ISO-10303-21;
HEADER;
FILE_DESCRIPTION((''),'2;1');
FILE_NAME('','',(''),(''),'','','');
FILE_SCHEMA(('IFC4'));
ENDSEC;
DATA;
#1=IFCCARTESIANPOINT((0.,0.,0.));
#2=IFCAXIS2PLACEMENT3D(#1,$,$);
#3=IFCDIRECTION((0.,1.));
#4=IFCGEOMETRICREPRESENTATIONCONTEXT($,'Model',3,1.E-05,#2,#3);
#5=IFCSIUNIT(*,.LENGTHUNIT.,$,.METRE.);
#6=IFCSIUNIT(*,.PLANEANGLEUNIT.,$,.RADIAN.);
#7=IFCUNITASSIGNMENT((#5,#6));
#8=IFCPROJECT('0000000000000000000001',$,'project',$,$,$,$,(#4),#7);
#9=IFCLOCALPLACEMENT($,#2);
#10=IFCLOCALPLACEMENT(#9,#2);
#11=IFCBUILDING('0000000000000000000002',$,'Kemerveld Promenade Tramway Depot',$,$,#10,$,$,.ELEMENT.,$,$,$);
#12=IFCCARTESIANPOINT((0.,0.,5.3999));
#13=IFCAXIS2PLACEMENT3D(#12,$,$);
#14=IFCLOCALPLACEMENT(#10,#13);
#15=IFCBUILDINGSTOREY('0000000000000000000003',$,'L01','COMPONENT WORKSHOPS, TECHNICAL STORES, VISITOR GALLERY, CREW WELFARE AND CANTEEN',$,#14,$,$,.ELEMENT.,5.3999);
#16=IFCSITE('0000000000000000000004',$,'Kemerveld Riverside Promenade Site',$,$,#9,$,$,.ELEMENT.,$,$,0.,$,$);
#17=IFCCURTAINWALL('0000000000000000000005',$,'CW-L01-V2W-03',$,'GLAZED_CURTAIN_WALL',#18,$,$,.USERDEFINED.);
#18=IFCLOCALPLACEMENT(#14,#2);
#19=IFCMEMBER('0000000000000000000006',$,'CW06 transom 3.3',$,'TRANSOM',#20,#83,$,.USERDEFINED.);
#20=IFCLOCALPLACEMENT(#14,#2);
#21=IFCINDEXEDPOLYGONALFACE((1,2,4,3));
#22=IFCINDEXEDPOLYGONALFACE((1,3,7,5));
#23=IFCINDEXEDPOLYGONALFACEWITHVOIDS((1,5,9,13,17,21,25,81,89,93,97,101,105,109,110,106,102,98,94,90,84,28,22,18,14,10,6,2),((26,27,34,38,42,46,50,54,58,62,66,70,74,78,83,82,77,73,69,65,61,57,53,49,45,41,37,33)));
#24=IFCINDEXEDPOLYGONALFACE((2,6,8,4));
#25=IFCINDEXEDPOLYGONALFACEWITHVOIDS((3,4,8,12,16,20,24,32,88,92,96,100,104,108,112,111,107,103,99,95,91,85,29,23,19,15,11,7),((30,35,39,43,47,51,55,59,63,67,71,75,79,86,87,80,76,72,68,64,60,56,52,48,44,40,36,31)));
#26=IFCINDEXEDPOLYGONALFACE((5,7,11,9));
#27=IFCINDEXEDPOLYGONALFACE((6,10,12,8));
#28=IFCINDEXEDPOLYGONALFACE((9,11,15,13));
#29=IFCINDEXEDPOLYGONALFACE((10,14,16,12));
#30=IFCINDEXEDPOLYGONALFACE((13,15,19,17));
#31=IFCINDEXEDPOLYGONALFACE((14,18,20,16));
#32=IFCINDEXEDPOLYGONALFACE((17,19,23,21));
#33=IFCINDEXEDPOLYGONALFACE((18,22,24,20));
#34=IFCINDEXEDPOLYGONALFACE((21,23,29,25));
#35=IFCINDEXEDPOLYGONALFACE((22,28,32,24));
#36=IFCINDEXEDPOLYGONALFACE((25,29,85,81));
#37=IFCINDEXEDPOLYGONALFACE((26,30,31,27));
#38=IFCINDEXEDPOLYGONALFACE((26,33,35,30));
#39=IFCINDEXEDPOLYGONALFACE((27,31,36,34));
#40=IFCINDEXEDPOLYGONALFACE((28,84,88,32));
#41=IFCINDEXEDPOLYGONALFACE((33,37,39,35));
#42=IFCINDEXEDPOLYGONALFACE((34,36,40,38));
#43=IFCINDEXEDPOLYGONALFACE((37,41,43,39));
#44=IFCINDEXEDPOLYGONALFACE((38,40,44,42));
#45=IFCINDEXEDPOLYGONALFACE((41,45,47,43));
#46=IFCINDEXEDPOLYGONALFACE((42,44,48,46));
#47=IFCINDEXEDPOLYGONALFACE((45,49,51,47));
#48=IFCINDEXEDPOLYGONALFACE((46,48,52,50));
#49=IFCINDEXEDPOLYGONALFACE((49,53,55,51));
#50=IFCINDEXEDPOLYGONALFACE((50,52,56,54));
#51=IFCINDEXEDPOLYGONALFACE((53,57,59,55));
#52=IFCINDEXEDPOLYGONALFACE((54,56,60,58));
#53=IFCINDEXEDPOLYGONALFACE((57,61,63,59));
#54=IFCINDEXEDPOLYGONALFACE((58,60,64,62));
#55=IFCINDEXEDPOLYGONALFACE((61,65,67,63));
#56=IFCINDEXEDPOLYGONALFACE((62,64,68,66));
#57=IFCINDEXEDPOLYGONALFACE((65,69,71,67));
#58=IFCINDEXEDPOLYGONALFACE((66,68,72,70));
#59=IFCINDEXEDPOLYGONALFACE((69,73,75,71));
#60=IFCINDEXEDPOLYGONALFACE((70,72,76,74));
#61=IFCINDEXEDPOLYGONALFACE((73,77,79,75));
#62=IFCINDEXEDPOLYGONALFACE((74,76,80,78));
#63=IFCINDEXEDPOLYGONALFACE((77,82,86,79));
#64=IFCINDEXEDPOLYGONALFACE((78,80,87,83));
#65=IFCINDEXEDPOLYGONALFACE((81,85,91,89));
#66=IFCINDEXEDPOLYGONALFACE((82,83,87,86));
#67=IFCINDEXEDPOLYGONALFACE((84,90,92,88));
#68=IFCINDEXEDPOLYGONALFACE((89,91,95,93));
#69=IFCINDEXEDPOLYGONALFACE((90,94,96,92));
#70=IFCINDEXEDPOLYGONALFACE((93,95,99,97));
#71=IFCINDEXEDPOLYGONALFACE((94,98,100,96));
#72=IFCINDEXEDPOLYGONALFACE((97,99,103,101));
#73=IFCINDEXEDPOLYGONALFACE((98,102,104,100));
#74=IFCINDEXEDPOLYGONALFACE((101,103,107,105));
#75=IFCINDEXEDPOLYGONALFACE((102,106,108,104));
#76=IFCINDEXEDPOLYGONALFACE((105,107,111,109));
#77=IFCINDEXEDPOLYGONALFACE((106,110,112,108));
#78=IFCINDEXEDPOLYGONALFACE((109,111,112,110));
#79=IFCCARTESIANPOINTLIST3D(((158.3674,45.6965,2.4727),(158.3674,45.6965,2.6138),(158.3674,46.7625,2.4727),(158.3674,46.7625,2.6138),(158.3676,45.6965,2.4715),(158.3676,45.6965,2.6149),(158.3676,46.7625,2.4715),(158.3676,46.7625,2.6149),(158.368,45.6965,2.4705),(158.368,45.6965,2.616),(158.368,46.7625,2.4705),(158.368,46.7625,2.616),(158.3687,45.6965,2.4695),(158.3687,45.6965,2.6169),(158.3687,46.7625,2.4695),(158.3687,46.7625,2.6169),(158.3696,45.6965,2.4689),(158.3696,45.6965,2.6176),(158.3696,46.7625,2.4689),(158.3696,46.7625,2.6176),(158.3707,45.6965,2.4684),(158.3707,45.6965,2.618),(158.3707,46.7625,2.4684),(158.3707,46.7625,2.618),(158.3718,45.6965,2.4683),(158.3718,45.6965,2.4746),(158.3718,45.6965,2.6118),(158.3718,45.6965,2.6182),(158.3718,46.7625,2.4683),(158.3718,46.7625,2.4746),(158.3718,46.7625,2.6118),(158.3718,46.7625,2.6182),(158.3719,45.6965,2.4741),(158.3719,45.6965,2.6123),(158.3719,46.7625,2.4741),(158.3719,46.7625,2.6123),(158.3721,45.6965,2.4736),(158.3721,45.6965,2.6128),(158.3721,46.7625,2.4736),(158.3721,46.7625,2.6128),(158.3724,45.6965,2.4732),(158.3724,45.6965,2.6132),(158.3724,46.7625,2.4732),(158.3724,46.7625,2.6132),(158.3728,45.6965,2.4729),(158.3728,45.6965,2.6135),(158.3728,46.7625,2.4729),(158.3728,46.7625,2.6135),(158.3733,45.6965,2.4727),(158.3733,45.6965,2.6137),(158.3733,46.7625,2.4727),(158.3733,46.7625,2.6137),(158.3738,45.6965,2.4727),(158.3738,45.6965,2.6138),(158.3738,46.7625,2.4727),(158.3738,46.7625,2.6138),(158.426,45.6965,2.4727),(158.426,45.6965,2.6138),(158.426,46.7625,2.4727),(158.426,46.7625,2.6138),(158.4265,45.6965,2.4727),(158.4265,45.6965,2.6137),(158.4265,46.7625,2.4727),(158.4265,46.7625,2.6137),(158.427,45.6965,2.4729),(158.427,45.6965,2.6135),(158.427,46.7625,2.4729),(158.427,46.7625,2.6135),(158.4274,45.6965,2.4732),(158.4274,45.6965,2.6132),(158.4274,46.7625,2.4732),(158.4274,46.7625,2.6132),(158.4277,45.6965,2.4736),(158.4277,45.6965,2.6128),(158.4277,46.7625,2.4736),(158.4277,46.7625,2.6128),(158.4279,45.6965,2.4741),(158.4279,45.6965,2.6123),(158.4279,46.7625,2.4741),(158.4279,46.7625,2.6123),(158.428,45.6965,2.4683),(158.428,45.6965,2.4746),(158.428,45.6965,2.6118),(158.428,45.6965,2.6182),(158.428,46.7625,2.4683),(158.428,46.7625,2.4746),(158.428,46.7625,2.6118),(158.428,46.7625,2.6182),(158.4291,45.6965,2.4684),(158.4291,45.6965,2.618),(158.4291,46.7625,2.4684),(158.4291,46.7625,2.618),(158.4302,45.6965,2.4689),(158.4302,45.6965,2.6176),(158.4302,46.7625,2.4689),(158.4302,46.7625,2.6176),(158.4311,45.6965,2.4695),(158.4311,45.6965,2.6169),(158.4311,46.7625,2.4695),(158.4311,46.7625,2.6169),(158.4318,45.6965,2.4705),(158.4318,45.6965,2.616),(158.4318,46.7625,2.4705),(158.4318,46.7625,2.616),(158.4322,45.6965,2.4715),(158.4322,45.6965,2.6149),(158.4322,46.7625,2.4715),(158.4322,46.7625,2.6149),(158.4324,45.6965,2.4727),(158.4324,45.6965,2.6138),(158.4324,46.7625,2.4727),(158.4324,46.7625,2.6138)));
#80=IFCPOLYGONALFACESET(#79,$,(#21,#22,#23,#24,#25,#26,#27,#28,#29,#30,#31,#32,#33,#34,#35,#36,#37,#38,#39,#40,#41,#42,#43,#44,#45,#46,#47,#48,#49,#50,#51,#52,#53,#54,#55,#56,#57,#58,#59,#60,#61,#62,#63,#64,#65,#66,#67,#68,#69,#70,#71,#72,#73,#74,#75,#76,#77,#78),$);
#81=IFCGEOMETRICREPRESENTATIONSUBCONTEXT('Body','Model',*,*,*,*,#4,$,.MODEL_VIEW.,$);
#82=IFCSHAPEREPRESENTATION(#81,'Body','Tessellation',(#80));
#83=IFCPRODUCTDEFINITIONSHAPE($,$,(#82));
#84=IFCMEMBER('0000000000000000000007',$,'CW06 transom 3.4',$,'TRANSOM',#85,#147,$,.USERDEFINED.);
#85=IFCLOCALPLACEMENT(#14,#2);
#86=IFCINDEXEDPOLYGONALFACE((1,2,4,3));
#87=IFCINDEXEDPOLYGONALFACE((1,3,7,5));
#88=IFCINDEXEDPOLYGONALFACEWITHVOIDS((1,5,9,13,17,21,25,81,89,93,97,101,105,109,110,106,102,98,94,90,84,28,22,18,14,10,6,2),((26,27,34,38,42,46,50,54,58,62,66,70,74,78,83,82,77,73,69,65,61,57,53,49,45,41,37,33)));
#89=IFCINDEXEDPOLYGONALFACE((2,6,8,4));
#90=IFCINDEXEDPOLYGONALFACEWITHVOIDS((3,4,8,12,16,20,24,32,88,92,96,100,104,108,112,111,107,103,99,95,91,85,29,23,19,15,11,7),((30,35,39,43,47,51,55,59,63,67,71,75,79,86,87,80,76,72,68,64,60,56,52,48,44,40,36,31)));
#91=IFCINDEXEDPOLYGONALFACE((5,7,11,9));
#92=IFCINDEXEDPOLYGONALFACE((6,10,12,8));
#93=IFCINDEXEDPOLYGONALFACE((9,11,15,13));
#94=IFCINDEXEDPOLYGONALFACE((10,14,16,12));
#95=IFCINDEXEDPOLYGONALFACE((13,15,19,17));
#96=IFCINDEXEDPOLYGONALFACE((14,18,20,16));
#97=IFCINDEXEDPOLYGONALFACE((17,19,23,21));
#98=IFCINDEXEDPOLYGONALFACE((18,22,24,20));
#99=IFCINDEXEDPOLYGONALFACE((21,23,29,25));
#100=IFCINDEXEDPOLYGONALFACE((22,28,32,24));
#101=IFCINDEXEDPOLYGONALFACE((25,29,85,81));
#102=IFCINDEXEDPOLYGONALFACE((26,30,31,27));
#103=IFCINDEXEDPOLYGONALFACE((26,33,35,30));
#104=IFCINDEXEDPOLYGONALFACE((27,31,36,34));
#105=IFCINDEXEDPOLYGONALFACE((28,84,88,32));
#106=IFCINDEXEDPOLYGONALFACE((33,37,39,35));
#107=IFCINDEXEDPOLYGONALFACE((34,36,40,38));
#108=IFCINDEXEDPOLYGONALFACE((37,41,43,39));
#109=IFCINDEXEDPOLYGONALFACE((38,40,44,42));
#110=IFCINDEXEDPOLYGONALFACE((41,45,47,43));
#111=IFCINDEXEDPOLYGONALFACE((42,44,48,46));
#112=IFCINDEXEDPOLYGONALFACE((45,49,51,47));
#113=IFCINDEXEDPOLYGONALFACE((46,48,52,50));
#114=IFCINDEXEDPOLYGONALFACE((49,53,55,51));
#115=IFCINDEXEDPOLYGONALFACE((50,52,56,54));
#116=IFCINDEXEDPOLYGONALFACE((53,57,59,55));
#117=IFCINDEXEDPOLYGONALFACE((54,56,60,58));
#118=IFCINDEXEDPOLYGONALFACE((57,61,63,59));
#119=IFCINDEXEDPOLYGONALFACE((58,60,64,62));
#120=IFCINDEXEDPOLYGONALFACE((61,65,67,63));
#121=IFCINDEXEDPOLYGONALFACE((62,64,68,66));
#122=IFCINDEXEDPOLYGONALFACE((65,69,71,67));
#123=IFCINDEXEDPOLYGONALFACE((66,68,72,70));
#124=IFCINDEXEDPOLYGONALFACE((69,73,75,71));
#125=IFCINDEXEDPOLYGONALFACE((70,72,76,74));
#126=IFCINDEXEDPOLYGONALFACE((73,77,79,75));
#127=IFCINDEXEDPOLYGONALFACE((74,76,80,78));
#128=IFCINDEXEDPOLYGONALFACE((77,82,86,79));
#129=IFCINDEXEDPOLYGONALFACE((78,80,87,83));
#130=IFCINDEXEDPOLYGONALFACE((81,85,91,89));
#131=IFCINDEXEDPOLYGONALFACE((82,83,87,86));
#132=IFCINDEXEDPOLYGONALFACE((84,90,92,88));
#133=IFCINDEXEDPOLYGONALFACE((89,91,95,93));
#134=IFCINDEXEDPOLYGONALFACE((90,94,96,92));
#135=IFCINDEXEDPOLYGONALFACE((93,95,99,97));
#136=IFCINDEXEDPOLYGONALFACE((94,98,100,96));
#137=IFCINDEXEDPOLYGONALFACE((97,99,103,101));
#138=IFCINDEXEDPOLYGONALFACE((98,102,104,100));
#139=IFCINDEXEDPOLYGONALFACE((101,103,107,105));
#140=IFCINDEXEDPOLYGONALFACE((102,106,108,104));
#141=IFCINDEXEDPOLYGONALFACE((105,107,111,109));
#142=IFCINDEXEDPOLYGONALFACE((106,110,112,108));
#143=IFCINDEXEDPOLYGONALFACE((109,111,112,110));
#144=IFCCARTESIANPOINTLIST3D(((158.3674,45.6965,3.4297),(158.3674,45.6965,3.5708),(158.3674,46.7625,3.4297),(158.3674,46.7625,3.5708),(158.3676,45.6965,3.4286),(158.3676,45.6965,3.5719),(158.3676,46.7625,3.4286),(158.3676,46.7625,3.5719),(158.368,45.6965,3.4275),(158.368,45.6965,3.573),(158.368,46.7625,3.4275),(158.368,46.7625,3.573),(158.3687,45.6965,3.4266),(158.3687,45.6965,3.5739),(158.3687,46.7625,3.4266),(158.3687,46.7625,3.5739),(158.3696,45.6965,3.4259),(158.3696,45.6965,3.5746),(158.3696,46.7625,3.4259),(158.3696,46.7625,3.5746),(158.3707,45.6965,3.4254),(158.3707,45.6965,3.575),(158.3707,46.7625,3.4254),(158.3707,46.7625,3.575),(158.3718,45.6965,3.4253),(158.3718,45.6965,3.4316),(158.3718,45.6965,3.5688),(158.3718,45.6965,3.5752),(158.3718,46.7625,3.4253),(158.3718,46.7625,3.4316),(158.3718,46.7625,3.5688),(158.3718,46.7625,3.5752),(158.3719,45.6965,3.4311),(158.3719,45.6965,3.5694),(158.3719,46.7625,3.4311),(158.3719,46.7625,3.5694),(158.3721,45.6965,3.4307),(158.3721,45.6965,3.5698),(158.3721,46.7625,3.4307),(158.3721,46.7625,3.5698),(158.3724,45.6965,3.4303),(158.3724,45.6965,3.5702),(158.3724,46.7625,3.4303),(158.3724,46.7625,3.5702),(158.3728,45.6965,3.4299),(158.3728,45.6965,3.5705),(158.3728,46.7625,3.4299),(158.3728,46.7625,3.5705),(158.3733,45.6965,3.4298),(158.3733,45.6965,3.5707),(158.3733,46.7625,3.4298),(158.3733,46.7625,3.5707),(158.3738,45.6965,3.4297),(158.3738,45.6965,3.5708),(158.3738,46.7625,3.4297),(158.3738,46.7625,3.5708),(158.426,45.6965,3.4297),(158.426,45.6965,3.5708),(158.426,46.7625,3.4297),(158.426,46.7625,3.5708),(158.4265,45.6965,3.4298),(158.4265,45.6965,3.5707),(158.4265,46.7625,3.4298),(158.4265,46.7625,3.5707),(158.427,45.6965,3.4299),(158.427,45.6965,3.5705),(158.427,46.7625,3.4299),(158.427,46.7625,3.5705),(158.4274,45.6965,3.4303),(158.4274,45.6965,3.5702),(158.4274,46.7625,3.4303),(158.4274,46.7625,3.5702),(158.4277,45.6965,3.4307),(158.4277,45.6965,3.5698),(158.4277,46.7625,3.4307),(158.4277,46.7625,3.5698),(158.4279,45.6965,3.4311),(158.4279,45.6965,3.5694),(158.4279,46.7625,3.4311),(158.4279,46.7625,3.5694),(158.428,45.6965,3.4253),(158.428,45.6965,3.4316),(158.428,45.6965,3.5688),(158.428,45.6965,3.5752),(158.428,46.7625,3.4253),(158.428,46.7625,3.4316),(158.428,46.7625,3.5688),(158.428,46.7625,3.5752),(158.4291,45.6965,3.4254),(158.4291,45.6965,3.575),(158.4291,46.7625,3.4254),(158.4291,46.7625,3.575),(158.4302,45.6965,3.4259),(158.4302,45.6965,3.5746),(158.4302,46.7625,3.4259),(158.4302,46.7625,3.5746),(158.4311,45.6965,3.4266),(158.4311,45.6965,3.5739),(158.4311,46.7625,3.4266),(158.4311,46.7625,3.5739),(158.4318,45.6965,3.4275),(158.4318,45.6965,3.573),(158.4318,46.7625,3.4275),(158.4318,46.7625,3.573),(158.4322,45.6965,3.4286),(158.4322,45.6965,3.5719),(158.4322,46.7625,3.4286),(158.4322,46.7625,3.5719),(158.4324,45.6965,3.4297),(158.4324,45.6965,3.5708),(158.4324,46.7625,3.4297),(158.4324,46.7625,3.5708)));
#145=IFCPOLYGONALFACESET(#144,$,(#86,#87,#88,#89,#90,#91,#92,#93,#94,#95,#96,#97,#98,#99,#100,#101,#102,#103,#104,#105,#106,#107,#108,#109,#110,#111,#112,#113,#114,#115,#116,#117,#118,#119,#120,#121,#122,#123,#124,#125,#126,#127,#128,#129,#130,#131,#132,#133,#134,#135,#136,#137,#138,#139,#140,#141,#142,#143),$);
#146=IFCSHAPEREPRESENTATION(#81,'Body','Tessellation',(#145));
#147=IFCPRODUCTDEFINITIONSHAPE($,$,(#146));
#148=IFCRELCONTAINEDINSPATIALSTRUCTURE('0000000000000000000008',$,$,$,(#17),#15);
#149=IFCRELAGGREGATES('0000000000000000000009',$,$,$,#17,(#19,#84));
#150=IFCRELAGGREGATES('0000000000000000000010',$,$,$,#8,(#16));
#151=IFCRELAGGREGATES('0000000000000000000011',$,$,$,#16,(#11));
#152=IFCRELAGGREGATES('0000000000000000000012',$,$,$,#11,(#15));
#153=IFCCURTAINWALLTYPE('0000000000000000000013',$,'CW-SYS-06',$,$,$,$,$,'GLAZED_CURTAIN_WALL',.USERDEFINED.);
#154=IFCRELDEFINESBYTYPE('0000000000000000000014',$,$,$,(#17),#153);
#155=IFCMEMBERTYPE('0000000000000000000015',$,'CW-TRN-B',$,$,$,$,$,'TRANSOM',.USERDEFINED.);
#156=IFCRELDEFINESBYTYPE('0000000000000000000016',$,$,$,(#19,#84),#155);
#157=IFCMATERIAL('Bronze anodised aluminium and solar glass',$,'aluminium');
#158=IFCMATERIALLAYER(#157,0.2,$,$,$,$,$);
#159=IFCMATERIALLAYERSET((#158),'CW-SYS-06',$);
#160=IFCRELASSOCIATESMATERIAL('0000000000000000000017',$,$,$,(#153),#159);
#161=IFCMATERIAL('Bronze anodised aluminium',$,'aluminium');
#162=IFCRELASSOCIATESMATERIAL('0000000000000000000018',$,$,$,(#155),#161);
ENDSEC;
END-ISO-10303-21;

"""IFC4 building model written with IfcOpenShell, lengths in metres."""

from ifc_helpers import new_model, si_unit, direction, frame, origin, origin_2d, place, context, subcontext, project, spatial, hollow_rectangle, extrude, material, layer, layer_set, material_profile, profile_set, type_object, element, aggregate, save


model = new_model("IFC4")

# Units and contexts
model_context = context("Model", 3, precision=1e-05, world=origin(), true_north=direction((0.0, 1.0)))
body_context = subcontext(model_context, "Body", "Model", "MODEL_VIEW")
ifc_project = project(units=[si_unit("LENGTHUNIT", "METRE"), si_unit("PLANEANGLEUNIT", "RADIAN")], contexts=[model_context])

# Site, building, storey
site_placement = place(None, origin())
site = spatial("IfcSite", under=ifc_project, at=site_placement, Name="Kemerveld Riverside Promenade Site", CompositionType="ELEMENT", RefElevation=0.0)
building_placement = place(site_placement, origin())
building = spatial("IfcBuilding", under=site, at=building_placement, Name="Kemerveld Promenade Tramway Depot", CompositionType="ELEMENT")
storey_placement = place(building_placement, frame((0.0, 0.0, 5.3999)))
storey = spatial("IfcBuildingStorey", under=building, at=storey_placement, Name="L01", Description="COMPONENT WORKSHOPS, TECHNICAL STORES, VISITOR GALLERY, CREW WELFARE AND CANTEEN", CompositionType="ELEMENT", Elevation=5.3999)

# Curtain wall, members
ifc_material_1 = material(Name="Bronze anodised aluminium and solar glass", Category="aluminium")
ifc_layer_1 = layer(ifc_material_1, 0.2)
ifc_layer_set_1 = layer_set([ifc_layer_1], Name="CW-SYS-06")
curtain_wall_type = type_object("IfcCurtainWallType", Name="CW-SYS-06", ElementType="GLAZED_CURTAIN_WALL", PredefinedType="USERDEFINED", material=ifc_layer_set_1)
curtain_wall_placement = place(storey_placement, origin())
curtain_wall = element("IfcCurtainWall", 1, at=curtain_wall_placement, inside=storey, type_object=curtain_wall_type, Name="CW-L01-V2W-03", ObjectType="GLAZED_CURTAIN_WALL", PredefinedType="USERDEFINED")
ifc_material_2 = material(Name="Bronze anodised aluminium", Category="aluminium")
ifc_material_profile_1 = material_profile(ifc_material_2, hollow_rectangle(XDim=0.0649, YDim=0.1499, WallThickness=0.0044, InnerFilletRadius=0.002, OuterFilletRadius=0.0044, at=origin_2d()), Name="CW-TRN-150x65")
ifc_profile_set_1 = profile_set([ifc_material_profile_1], Name="Bronze anodised aluminium")
member_type_1 = type_object("IfcMemberType", Name="CW-TRN-B", ElementType="TRANSOM", PredefinedType="USERDEFINED", material=ifc_profile_set_1)
member_1_placement = place(storey_placement, frame((158.3999, 45.6965, 2.5432), z_axis=(0.0, 1.0, 0.0), x_axis=(-1.0, 0.0, 0.0)))
member_1 = element("IfcMember", 2, at=member_1_placement, type_object=member_type_1, Name="CW06 transom 3.3", ObjectType="TRANSOM", PredefinedType="USERDEFINED", context=body_context, shape_type="SweptSolid", body=[
    extrude(hollow_rectangle(XDim=0.0649, YDim=0.1499, WallThickness=0.0044, InnerFilletRadius=0.002, OuterFilletRadius=0.0044, at=origin_2d()), origin(), (0.0, 0.0, 1.0), 1.0659),
])
member_2_placement = place(storey_placement, frame((158.3999, 45.6965, 3.5002), z_axis=(0.0, 1.0, 0.0), x_axis=(-1.0, 0.0, 0.0)))
member_2 = element("IfcMember", 3, at=member_2_placement, type_object=member_type_1, Name="CW06 transom 3.4", ObjectType="TRANSOM", PredefinedType="USERDEFINED", context=body_context, shape_type="SweptSolid", body=[
    extrude(hollow_rectangle(XDim=0.0649, YDim=0.1499, WallThickness=0.0044, InnerFilletRadius=0.002, OuterFilletRadius=0.0044, at=origin_2d()), origin(), (0.0, 0.0, 1.0), 1.0659),
])
aggregate(curtain_wall, [member_1, member_2])

save(model, "model.ifc")
